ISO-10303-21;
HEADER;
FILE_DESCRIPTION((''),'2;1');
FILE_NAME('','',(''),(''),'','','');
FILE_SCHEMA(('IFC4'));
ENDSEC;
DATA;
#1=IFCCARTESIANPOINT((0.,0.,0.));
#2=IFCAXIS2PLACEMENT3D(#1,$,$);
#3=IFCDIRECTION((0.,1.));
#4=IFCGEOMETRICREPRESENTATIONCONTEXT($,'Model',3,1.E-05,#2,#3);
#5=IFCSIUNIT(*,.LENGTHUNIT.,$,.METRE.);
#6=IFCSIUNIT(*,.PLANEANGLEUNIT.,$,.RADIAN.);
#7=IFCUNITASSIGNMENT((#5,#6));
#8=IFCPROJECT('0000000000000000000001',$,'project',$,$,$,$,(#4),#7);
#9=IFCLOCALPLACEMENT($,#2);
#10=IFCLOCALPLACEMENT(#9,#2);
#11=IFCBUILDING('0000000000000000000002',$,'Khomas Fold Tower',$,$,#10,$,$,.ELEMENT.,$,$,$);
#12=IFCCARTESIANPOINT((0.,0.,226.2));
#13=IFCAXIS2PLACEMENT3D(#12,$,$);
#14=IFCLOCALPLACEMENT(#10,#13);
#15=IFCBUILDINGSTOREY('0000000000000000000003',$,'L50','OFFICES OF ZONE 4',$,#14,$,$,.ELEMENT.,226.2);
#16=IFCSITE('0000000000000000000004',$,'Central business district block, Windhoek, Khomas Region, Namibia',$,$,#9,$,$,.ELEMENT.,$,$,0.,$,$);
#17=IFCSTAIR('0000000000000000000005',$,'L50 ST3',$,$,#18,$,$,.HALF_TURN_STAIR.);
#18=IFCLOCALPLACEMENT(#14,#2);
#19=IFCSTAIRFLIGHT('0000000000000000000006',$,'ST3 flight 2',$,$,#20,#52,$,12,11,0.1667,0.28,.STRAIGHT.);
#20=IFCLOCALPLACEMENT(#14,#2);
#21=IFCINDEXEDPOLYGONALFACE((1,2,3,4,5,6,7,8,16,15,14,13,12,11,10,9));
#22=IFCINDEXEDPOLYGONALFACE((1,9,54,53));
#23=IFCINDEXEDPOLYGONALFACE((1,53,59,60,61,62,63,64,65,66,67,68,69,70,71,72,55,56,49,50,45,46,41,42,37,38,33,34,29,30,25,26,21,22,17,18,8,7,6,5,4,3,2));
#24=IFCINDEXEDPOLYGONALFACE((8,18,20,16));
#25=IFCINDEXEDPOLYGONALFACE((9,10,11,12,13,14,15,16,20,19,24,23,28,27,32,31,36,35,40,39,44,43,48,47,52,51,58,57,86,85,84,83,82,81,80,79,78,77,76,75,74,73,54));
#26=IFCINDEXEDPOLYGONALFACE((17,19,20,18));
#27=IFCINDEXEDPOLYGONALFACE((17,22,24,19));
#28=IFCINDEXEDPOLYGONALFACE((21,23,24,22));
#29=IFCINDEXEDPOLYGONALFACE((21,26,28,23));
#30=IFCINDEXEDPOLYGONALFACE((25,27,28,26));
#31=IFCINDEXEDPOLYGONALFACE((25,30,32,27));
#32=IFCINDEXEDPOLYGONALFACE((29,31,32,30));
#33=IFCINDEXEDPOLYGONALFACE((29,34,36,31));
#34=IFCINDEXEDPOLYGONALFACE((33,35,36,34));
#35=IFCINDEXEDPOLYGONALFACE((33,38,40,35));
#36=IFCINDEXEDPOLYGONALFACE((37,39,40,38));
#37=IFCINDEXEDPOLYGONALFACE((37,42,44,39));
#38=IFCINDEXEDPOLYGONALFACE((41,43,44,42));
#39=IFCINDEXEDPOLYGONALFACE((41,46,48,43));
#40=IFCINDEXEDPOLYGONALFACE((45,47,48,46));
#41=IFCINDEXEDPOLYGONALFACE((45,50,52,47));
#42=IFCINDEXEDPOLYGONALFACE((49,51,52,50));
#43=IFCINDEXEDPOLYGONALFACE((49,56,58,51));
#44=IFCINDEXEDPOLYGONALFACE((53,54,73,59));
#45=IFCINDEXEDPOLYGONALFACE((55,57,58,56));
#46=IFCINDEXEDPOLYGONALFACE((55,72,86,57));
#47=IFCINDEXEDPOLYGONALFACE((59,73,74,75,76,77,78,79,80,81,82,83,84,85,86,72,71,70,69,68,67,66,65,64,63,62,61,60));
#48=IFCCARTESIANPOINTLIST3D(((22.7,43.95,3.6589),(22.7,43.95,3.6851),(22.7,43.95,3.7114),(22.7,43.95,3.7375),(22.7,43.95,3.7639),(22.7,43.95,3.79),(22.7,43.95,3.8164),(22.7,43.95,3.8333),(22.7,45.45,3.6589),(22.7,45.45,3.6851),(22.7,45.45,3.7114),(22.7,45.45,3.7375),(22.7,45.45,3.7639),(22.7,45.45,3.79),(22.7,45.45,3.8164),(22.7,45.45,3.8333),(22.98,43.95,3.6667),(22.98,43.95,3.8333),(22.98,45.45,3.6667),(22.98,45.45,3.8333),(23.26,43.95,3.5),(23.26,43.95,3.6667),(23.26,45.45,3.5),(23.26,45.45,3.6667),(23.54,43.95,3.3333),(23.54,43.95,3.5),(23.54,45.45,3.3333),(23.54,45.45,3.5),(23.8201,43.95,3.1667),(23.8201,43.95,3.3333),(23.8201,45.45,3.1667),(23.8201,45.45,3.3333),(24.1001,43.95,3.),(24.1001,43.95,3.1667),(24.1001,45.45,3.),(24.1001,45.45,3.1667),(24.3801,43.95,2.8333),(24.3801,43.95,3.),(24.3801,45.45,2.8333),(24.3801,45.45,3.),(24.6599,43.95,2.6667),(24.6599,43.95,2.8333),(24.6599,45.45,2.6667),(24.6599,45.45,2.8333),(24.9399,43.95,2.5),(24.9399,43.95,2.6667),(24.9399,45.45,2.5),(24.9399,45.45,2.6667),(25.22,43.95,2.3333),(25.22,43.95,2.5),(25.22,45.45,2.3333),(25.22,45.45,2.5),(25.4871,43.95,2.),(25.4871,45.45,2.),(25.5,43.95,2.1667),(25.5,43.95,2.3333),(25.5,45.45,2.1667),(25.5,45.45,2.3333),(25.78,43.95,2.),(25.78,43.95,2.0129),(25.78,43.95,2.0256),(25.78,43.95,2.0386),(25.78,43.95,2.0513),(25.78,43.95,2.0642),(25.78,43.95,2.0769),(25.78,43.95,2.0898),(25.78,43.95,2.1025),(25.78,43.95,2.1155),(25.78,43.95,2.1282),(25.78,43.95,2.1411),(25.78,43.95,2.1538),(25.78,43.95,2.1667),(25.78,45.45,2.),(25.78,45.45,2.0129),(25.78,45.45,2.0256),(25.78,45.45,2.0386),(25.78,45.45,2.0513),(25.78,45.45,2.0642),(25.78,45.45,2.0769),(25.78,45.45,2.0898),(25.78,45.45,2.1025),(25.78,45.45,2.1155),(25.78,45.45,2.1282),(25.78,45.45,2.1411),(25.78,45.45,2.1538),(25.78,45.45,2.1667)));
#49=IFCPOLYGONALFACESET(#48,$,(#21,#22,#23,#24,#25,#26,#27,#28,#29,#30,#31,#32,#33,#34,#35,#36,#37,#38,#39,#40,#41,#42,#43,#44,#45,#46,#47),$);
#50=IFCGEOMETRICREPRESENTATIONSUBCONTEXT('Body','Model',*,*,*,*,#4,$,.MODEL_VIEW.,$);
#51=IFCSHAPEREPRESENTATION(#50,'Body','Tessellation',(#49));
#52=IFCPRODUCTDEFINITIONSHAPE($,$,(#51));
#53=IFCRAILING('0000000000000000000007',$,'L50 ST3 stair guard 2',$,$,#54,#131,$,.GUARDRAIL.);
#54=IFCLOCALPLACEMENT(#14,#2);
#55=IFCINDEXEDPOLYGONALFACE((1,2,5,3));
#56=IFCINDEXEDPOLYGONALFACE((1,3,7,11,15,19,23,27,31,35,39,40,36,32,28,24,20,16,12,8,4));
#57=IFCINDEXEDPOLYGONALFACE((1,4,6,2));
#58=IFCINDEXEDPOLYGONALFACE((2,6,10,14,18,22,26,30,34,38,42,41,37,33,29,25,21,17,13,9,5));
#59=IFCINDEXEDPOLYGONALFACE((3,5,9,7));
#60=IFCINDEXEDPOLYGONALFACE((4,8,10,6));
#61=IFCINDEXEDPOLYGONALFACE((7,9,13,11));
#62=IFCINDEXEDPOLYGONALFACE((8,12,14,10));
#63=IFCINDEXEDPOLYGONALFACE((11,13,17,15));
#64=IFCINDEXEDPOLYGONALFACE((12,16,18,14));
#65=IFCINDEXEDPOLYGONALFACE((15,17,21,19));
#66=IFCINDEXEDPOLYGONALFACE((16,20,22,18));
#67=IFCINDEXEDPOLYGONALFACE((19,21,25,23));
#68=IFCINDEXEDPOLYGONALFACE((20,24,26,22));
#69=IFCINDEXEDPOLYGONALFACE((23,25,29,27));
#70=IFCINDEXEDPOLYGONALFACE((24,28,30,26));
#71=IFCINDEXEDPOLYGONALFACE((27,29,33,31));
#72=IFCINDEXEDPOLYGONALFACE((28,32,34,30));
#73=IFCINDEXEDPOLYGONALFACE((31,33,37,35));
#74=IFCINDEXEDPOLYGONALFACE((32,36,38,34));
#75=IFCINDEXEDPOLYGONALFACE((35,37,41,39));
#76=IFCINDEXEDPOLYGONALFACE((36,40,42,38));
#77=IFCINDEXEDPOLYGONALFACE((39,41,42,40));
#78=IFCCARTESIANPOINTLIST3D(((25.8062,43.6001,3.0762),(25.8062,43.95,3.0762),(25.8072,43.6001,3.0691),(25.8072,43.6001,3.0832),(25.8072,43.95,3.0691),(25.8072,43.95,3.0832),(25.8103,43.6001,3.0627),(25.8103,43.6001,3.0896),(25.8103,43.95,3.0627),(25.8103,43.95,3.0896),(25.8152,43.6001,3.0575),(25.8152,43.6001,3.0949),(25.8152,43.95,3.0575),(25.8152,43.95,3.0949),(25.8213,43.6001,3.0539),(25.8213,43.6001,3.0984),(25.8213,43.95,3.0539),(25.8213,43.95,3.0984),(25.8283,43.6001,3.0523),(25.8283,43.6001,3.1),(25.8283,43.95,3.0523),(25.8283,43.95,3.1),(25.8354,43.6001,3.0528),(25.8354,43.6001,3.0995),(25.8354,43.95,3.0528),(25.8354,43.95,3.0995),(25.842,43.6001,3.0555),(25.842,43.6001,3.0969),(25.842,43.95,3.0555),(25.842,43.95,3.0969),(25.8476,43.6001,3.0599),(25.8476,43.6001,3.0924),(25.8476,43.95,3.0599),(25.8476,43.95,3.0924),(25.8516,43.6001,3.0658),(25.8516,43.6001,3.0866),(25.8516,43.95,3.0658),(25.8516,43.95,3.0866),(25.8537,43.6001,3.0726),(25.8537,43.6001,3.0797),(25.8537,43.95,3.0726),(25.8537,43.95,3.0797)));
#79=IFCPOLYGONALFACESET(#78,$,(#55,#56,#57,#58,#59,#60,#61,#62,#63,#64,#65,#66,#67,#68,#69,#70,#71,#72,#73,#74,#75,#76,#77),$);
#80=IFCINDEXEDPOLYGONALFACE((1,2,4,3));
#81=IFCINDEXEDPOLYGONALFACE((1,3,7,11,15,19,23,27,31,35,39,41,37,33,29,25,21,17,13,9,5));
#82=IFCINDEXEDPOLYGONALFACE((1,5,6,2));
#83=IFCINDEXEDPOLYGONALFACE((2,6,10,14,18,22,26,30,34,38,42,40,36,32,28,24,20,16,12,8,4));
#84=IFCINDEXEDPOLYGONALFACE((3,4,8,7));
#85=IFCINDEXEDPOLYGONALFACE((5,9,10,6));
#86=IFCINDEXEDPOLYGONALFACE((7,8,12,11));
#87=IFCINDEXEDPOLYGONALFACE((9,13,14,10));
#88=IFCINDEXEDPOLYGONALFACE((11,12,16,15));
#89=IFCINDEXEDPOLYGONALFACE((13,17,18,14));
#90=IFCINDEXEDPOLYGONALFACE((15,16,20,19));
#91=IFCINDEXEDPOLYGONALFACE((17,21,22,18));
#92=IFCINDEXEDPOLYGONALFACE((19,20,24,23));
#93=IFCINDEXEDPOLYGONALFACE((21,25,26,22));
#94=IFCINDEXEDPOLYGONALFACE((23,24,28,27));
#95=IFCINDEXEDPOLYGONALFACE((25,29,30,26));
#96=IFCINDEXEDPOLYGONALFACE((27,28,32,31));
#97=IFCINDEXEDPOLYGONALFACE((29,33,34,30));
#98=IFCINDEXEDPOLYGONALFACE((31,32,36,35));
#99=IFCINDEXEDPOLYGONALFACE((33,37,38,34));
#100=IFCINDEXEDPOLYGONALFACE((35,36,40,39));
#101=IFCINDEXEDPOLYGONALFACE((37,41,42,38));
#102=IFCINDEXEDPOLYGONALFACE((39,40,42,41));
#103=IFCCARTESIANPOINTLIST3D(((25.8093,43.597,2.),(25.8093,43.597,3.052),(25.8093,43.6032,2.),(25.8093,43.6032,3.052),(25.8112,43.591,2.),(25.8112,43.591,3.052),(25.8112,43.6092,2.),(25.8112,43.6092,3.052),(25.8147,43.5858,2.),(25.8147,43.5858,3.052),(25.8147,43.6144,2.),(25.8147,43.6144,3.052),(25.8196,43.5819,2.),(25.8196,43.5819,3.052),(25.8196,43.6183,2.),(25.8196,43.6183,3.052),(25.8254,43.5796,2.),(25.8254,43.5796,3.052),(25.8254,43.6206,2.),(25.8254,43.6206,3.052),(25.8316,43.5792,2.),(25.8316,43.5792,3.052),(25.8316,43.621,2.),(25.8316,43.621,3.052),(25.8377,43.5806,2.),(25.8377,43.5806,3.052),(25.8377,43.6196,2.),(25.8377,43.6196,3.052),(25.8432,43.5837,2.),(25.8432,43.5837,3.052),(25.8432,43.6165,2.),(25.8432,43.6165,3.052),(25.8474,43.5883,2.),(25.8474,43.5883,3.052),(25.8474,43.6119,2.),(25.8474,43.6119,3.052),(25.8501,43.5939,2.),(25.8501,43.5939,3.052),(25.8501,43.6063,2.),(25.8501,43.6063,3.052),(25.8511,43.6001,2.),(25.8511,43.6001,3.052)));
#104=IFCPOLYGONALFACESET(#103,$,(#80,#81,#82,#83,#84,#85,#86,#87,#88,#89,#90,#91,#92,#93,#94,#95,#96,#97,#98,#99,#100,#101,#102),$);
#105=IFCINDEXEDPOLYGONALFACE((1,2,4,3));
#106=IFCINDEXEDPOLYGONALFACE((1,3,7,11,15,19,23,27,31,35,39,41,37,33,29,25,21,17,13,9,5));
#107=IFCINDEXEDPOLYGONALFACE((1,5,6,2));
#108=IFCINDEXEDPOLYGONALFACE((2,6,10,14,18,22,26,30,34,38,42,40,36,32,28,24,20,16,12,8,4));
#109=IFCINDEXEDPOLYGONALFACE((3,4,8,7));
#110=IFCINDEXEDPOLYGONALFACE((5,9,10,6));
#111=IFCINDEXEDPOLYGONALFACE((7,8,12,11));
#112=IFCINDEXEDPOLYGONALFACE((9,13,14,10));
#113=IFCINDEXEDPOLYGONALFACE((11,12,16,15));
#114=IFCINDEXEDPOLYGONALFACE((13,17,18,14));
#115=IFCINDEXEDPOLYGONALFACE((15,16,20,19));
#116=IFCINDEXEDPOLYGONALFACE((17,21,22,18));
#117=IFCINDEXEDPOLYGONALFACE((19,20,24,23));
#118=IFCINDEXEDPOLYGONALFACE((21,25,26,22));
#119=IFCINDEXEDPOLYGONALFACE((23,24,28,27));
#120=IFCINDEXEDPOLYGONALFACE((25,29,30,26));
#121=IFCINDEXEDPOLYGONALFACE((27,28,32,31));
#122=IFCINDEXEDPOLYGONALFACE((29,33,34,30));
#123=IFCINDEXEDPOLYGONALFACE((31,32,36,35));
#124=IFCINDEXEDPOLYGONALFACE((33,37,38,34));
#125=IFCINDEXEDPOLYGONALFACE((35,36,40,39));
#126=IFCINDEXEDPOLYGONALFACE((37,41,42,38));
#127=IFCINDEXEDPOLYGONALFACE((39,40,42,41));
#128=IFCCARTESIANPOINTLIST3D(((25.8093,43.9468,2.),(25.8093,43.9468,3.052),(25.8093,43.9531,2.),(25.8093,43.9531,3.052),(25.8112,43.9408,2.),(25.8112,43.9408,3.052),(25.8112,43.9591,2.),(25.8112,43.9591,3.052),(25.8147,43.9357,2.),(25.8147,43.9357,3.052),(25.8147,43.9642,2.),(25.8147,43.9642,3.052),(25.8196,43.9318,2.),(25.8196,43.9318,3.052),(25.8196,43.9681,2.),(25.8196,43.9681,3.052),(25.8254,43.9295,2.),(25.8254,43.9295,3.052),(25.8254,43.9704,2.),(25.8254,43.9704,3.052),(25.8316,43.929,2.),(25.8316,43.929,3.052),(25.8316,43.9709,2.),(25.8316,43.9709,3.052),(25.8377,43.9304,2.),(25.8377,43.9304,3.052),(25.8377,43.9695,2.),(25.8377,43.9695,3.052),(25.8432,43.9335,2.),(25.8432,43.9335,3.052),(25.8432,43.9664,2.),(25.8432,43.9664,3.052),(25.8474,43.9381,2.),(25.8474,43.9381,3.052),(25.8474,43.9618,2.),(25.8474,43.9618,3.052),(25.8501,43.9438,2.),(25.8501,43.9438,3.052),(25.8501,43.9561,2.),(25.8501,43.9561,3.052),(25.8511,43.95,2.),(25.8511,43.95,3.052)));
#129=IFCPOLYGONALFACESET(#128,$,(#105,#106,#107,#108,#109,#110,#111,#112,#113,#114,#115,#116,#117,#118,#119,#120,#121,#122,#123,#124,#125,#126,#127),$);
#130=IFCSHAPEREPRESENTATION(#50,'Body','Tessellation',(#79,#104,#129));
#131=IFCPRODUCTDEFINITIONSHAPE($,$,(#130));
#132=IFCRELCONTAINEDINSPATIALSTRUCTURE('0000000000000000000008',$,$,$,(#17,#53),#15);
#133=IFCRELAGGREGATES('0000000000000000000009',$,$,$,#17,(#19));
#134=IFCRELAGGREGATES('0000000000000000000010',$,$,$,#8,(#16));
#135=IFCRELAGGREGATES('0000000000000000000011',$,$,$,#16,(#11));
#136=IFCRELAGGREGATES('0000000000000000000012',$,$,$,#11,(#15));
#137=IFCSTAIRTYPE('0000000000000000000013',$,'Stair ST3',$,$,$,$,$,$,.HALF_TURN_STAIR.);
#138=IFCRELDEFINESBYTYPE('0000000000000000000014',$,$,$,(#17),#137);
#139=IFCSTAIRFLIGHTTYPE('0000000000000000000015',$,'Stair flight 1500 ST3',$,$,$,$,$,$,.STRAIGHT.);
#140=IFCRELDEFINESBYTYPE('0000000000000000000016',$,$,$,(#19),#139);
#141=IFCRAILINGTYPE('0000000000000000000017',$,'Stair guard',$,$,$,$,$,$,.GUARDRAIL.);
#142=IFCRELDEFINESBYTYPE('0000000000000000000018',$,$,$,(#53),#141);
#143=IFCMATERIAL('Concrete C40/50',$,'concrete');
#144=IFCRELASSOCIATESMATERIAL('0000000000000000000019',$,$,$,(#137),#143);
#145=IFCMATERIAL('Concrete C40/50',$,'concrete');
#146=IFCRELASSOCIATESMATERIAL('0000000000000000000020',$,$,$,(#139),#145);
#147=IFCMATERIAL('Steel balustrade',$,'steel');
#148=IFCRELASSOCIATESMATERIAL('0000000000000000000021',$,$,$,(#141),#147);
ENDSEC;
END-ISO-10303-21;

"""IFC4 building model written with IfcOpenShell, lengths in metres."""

from ifc_helpers import new_model, si_unit, direction, frame, origin, origin_2d, place, context, subcontext, project, spatial, polyline, circle, outline, extrude, source, transform, mapped, material, type_object, element, aggregate, save


model = new_model("IFC4")

# Units and contexts
model_context = context("Model", 3, precision=1e-05, world=origin(), true_north=direction((0.0, 1.0)))
body_context = subcontext(model_context, "Body", "Model", "MODEL_VIEW")
ifc_project = project(units=[si_unit("LENGTHUNIT", "METRE"), si_unit("PLANEANGLEUNIT", "RADIAN")], contexts=[model_context])

# Site, building, storey
site_placement = place(None, origin())
site = spatial("IfcSite", under=ifc_project, at=site_placement, Name="Central business district block, Windhoek, Khomas Region, Namibia", CompositionType="ELEMENT", RefElevation=0.0)
building_placement = place(site_placement, origin())
building = spatial("IfcBuilding", under=site, at=building_placement, Name="Khomas Fold Tower", CompositionType="ELEMENT")
storey_placement = place(building_placement, frame((0.0, 0.0, 226.2)))
storey = spatial("IfcBuildingStorey", under=building, at=storey_placement, Name="L50", Description="OFFICES OF ZONE 4", CompositionType="ELEMENT", Elevation=226.2)

# Stair, stair flight
ifc_material_1 = material(Name="Concrete C40/50", Category="concrete")
stair_type = type_object("IfcStairType", Name="Stair ST3", PredefinedType="HALF_TURN_STAIR", material=ifc_material_1)
stair_placement = place(storey_placement, origin())
stair = element("IfcStair", 1, at=stair_placement, inside=storey, type_object=stair_type, Name="L50 ST3", PredefinedType="HALF_TURN_STAIR")
ifc_material_2 = material(Name="Concrete C40/50", Category="concrete")
stair_flight_type = type_object("IfcStairFlightType", Name="Stair flight 1500 ST3", PredefinedType="STRAIGHT", material=ifc_material_2)
shared_shape_1 = source(origin(), body_context, "Body", "SweptSolid", [
    extrude(outline(polyline([(0.0, 0.0), (0.0, 0.0129), (0.0, 0.0256), (0.0, 0.0386), (0.0, 0.0513), (0.0, 0.0642), (0.0, 0.0769), (0.0, 0.0898), (0.0, 0.1025), (0.0, 0.1155), (0.0, 0.1282), (0.0, 0.1411), (0.0, 0.1538), (0.0, 0.1667), (0.28, 0.1667), (0.28, 0.3333), (0.5601, 0.3333), (0.5601, 0.5), (0.8401, 0.5), (0.8401, 0.6667), (1.1201, 0.6667), (1.1201, 0.8333), (1.3999, 0.8333), (1.3999, 1.0), (1.6799, 1.0), (1.6799, 1.1667), (1.96, 1.1667), (1.96, 1.3333), (2.24, 1.3333), (2.24, 1.5), (2.52, 1.5), (2.52, 1.6667), (2.8, 1.6667), (2.8, 1.8333), (3.0801, 1.8333), (3.0801, 2.0), (3.0801, 1.9739), (3.0801, 1.9475), (3.0801, 1.9214), (3.0801, 1.895), (3.0801, 1.8689), (3.0801, 1.8425), (3.0801, 1.8164), (3.0801, 1.79), (3.0801, 1.7639), (3.0801, 1.7375), (3.0801, 1.7114), (3.0801, 1.6851), (3.0801, 1.6589), (0.293, 0.0), (0.0, 0.0)])), frame((0.0, 0.75, 0.0), z_axis=(0.0, -1.0, 0.0), x_axis=(1.0, 0.0, 0.0)), (0.0, 0.0, 1.0), 1.5),
])
stair_flight_1_placement = place(storey_placement, frame((25.78, 44.7, 2.0), z_axis=(0.0, 0.0, 1.0), x_axis=(-1.0, 0.0, 0.0)))
stair_flight_1 = element("IfcStairFlight", 2, at=stair_flight_1_placement, type_object=stair_flight_type, Name="ST3 flight 2", NumberOfRisers=12, NumberOfTreads=11, PredefinedType="STRAIGHT", RiserHeight=0.1667, TreadLength=0.28, context=body_context, shape_type="MappedRepresentation", body=[
    mapped(shared_shape_1, transform((0.0, 0.0, 0.0))),
])
aggregate(stair, [stair_flight_1])

# Railing
ifc_material_3 = material(Name="Steel balustrade", Category="steel")
railing_type_1 = type_object("IfcRailingType", Name="Stair guard", PredefinedType="GUARDRAIL", material=ifc_material_3)
shared_shape_2 = source(origin(), body_context, "Body", "SweptSolid", [
    extrude(circle(Radius=0.0239, at=origin_2d()), frame((0.0, 0.0, 1.0762), z_axis=(0.0, 1.0, 0.0), x_axis=(-1.0, 0.0, 0.0)), (0.0, 0.0, 1.0), 0.3499),
    extrude(circle(Radius=0.021, at=origin_2d()), origin(), (0.0, 0.0, 1.0), 1.052),
    extrude(circle(Radius=0.021, at=origin_2d()), frame((0.0, 0.3499, 0.0)), (0.0, 0.0, 1.0), 1.052),
])
for number, where, name in (
    (3, (25.8301, 43.6001, 2.0), "L50 ST3 stair guard 2"),
):
    element("IfcRailing", number, at=place(storey_placement, frame(where)), inside=storey, type_object=railing_type_1, Name=name, PredefinedType="GUARDRAIL", context=body_context, shape_type="MappedRepresentation", body=[
        mapped(shared_shape_2, transform((0.0, 0.0, 0.0))),
    ])

save(model, "model.ifc")
